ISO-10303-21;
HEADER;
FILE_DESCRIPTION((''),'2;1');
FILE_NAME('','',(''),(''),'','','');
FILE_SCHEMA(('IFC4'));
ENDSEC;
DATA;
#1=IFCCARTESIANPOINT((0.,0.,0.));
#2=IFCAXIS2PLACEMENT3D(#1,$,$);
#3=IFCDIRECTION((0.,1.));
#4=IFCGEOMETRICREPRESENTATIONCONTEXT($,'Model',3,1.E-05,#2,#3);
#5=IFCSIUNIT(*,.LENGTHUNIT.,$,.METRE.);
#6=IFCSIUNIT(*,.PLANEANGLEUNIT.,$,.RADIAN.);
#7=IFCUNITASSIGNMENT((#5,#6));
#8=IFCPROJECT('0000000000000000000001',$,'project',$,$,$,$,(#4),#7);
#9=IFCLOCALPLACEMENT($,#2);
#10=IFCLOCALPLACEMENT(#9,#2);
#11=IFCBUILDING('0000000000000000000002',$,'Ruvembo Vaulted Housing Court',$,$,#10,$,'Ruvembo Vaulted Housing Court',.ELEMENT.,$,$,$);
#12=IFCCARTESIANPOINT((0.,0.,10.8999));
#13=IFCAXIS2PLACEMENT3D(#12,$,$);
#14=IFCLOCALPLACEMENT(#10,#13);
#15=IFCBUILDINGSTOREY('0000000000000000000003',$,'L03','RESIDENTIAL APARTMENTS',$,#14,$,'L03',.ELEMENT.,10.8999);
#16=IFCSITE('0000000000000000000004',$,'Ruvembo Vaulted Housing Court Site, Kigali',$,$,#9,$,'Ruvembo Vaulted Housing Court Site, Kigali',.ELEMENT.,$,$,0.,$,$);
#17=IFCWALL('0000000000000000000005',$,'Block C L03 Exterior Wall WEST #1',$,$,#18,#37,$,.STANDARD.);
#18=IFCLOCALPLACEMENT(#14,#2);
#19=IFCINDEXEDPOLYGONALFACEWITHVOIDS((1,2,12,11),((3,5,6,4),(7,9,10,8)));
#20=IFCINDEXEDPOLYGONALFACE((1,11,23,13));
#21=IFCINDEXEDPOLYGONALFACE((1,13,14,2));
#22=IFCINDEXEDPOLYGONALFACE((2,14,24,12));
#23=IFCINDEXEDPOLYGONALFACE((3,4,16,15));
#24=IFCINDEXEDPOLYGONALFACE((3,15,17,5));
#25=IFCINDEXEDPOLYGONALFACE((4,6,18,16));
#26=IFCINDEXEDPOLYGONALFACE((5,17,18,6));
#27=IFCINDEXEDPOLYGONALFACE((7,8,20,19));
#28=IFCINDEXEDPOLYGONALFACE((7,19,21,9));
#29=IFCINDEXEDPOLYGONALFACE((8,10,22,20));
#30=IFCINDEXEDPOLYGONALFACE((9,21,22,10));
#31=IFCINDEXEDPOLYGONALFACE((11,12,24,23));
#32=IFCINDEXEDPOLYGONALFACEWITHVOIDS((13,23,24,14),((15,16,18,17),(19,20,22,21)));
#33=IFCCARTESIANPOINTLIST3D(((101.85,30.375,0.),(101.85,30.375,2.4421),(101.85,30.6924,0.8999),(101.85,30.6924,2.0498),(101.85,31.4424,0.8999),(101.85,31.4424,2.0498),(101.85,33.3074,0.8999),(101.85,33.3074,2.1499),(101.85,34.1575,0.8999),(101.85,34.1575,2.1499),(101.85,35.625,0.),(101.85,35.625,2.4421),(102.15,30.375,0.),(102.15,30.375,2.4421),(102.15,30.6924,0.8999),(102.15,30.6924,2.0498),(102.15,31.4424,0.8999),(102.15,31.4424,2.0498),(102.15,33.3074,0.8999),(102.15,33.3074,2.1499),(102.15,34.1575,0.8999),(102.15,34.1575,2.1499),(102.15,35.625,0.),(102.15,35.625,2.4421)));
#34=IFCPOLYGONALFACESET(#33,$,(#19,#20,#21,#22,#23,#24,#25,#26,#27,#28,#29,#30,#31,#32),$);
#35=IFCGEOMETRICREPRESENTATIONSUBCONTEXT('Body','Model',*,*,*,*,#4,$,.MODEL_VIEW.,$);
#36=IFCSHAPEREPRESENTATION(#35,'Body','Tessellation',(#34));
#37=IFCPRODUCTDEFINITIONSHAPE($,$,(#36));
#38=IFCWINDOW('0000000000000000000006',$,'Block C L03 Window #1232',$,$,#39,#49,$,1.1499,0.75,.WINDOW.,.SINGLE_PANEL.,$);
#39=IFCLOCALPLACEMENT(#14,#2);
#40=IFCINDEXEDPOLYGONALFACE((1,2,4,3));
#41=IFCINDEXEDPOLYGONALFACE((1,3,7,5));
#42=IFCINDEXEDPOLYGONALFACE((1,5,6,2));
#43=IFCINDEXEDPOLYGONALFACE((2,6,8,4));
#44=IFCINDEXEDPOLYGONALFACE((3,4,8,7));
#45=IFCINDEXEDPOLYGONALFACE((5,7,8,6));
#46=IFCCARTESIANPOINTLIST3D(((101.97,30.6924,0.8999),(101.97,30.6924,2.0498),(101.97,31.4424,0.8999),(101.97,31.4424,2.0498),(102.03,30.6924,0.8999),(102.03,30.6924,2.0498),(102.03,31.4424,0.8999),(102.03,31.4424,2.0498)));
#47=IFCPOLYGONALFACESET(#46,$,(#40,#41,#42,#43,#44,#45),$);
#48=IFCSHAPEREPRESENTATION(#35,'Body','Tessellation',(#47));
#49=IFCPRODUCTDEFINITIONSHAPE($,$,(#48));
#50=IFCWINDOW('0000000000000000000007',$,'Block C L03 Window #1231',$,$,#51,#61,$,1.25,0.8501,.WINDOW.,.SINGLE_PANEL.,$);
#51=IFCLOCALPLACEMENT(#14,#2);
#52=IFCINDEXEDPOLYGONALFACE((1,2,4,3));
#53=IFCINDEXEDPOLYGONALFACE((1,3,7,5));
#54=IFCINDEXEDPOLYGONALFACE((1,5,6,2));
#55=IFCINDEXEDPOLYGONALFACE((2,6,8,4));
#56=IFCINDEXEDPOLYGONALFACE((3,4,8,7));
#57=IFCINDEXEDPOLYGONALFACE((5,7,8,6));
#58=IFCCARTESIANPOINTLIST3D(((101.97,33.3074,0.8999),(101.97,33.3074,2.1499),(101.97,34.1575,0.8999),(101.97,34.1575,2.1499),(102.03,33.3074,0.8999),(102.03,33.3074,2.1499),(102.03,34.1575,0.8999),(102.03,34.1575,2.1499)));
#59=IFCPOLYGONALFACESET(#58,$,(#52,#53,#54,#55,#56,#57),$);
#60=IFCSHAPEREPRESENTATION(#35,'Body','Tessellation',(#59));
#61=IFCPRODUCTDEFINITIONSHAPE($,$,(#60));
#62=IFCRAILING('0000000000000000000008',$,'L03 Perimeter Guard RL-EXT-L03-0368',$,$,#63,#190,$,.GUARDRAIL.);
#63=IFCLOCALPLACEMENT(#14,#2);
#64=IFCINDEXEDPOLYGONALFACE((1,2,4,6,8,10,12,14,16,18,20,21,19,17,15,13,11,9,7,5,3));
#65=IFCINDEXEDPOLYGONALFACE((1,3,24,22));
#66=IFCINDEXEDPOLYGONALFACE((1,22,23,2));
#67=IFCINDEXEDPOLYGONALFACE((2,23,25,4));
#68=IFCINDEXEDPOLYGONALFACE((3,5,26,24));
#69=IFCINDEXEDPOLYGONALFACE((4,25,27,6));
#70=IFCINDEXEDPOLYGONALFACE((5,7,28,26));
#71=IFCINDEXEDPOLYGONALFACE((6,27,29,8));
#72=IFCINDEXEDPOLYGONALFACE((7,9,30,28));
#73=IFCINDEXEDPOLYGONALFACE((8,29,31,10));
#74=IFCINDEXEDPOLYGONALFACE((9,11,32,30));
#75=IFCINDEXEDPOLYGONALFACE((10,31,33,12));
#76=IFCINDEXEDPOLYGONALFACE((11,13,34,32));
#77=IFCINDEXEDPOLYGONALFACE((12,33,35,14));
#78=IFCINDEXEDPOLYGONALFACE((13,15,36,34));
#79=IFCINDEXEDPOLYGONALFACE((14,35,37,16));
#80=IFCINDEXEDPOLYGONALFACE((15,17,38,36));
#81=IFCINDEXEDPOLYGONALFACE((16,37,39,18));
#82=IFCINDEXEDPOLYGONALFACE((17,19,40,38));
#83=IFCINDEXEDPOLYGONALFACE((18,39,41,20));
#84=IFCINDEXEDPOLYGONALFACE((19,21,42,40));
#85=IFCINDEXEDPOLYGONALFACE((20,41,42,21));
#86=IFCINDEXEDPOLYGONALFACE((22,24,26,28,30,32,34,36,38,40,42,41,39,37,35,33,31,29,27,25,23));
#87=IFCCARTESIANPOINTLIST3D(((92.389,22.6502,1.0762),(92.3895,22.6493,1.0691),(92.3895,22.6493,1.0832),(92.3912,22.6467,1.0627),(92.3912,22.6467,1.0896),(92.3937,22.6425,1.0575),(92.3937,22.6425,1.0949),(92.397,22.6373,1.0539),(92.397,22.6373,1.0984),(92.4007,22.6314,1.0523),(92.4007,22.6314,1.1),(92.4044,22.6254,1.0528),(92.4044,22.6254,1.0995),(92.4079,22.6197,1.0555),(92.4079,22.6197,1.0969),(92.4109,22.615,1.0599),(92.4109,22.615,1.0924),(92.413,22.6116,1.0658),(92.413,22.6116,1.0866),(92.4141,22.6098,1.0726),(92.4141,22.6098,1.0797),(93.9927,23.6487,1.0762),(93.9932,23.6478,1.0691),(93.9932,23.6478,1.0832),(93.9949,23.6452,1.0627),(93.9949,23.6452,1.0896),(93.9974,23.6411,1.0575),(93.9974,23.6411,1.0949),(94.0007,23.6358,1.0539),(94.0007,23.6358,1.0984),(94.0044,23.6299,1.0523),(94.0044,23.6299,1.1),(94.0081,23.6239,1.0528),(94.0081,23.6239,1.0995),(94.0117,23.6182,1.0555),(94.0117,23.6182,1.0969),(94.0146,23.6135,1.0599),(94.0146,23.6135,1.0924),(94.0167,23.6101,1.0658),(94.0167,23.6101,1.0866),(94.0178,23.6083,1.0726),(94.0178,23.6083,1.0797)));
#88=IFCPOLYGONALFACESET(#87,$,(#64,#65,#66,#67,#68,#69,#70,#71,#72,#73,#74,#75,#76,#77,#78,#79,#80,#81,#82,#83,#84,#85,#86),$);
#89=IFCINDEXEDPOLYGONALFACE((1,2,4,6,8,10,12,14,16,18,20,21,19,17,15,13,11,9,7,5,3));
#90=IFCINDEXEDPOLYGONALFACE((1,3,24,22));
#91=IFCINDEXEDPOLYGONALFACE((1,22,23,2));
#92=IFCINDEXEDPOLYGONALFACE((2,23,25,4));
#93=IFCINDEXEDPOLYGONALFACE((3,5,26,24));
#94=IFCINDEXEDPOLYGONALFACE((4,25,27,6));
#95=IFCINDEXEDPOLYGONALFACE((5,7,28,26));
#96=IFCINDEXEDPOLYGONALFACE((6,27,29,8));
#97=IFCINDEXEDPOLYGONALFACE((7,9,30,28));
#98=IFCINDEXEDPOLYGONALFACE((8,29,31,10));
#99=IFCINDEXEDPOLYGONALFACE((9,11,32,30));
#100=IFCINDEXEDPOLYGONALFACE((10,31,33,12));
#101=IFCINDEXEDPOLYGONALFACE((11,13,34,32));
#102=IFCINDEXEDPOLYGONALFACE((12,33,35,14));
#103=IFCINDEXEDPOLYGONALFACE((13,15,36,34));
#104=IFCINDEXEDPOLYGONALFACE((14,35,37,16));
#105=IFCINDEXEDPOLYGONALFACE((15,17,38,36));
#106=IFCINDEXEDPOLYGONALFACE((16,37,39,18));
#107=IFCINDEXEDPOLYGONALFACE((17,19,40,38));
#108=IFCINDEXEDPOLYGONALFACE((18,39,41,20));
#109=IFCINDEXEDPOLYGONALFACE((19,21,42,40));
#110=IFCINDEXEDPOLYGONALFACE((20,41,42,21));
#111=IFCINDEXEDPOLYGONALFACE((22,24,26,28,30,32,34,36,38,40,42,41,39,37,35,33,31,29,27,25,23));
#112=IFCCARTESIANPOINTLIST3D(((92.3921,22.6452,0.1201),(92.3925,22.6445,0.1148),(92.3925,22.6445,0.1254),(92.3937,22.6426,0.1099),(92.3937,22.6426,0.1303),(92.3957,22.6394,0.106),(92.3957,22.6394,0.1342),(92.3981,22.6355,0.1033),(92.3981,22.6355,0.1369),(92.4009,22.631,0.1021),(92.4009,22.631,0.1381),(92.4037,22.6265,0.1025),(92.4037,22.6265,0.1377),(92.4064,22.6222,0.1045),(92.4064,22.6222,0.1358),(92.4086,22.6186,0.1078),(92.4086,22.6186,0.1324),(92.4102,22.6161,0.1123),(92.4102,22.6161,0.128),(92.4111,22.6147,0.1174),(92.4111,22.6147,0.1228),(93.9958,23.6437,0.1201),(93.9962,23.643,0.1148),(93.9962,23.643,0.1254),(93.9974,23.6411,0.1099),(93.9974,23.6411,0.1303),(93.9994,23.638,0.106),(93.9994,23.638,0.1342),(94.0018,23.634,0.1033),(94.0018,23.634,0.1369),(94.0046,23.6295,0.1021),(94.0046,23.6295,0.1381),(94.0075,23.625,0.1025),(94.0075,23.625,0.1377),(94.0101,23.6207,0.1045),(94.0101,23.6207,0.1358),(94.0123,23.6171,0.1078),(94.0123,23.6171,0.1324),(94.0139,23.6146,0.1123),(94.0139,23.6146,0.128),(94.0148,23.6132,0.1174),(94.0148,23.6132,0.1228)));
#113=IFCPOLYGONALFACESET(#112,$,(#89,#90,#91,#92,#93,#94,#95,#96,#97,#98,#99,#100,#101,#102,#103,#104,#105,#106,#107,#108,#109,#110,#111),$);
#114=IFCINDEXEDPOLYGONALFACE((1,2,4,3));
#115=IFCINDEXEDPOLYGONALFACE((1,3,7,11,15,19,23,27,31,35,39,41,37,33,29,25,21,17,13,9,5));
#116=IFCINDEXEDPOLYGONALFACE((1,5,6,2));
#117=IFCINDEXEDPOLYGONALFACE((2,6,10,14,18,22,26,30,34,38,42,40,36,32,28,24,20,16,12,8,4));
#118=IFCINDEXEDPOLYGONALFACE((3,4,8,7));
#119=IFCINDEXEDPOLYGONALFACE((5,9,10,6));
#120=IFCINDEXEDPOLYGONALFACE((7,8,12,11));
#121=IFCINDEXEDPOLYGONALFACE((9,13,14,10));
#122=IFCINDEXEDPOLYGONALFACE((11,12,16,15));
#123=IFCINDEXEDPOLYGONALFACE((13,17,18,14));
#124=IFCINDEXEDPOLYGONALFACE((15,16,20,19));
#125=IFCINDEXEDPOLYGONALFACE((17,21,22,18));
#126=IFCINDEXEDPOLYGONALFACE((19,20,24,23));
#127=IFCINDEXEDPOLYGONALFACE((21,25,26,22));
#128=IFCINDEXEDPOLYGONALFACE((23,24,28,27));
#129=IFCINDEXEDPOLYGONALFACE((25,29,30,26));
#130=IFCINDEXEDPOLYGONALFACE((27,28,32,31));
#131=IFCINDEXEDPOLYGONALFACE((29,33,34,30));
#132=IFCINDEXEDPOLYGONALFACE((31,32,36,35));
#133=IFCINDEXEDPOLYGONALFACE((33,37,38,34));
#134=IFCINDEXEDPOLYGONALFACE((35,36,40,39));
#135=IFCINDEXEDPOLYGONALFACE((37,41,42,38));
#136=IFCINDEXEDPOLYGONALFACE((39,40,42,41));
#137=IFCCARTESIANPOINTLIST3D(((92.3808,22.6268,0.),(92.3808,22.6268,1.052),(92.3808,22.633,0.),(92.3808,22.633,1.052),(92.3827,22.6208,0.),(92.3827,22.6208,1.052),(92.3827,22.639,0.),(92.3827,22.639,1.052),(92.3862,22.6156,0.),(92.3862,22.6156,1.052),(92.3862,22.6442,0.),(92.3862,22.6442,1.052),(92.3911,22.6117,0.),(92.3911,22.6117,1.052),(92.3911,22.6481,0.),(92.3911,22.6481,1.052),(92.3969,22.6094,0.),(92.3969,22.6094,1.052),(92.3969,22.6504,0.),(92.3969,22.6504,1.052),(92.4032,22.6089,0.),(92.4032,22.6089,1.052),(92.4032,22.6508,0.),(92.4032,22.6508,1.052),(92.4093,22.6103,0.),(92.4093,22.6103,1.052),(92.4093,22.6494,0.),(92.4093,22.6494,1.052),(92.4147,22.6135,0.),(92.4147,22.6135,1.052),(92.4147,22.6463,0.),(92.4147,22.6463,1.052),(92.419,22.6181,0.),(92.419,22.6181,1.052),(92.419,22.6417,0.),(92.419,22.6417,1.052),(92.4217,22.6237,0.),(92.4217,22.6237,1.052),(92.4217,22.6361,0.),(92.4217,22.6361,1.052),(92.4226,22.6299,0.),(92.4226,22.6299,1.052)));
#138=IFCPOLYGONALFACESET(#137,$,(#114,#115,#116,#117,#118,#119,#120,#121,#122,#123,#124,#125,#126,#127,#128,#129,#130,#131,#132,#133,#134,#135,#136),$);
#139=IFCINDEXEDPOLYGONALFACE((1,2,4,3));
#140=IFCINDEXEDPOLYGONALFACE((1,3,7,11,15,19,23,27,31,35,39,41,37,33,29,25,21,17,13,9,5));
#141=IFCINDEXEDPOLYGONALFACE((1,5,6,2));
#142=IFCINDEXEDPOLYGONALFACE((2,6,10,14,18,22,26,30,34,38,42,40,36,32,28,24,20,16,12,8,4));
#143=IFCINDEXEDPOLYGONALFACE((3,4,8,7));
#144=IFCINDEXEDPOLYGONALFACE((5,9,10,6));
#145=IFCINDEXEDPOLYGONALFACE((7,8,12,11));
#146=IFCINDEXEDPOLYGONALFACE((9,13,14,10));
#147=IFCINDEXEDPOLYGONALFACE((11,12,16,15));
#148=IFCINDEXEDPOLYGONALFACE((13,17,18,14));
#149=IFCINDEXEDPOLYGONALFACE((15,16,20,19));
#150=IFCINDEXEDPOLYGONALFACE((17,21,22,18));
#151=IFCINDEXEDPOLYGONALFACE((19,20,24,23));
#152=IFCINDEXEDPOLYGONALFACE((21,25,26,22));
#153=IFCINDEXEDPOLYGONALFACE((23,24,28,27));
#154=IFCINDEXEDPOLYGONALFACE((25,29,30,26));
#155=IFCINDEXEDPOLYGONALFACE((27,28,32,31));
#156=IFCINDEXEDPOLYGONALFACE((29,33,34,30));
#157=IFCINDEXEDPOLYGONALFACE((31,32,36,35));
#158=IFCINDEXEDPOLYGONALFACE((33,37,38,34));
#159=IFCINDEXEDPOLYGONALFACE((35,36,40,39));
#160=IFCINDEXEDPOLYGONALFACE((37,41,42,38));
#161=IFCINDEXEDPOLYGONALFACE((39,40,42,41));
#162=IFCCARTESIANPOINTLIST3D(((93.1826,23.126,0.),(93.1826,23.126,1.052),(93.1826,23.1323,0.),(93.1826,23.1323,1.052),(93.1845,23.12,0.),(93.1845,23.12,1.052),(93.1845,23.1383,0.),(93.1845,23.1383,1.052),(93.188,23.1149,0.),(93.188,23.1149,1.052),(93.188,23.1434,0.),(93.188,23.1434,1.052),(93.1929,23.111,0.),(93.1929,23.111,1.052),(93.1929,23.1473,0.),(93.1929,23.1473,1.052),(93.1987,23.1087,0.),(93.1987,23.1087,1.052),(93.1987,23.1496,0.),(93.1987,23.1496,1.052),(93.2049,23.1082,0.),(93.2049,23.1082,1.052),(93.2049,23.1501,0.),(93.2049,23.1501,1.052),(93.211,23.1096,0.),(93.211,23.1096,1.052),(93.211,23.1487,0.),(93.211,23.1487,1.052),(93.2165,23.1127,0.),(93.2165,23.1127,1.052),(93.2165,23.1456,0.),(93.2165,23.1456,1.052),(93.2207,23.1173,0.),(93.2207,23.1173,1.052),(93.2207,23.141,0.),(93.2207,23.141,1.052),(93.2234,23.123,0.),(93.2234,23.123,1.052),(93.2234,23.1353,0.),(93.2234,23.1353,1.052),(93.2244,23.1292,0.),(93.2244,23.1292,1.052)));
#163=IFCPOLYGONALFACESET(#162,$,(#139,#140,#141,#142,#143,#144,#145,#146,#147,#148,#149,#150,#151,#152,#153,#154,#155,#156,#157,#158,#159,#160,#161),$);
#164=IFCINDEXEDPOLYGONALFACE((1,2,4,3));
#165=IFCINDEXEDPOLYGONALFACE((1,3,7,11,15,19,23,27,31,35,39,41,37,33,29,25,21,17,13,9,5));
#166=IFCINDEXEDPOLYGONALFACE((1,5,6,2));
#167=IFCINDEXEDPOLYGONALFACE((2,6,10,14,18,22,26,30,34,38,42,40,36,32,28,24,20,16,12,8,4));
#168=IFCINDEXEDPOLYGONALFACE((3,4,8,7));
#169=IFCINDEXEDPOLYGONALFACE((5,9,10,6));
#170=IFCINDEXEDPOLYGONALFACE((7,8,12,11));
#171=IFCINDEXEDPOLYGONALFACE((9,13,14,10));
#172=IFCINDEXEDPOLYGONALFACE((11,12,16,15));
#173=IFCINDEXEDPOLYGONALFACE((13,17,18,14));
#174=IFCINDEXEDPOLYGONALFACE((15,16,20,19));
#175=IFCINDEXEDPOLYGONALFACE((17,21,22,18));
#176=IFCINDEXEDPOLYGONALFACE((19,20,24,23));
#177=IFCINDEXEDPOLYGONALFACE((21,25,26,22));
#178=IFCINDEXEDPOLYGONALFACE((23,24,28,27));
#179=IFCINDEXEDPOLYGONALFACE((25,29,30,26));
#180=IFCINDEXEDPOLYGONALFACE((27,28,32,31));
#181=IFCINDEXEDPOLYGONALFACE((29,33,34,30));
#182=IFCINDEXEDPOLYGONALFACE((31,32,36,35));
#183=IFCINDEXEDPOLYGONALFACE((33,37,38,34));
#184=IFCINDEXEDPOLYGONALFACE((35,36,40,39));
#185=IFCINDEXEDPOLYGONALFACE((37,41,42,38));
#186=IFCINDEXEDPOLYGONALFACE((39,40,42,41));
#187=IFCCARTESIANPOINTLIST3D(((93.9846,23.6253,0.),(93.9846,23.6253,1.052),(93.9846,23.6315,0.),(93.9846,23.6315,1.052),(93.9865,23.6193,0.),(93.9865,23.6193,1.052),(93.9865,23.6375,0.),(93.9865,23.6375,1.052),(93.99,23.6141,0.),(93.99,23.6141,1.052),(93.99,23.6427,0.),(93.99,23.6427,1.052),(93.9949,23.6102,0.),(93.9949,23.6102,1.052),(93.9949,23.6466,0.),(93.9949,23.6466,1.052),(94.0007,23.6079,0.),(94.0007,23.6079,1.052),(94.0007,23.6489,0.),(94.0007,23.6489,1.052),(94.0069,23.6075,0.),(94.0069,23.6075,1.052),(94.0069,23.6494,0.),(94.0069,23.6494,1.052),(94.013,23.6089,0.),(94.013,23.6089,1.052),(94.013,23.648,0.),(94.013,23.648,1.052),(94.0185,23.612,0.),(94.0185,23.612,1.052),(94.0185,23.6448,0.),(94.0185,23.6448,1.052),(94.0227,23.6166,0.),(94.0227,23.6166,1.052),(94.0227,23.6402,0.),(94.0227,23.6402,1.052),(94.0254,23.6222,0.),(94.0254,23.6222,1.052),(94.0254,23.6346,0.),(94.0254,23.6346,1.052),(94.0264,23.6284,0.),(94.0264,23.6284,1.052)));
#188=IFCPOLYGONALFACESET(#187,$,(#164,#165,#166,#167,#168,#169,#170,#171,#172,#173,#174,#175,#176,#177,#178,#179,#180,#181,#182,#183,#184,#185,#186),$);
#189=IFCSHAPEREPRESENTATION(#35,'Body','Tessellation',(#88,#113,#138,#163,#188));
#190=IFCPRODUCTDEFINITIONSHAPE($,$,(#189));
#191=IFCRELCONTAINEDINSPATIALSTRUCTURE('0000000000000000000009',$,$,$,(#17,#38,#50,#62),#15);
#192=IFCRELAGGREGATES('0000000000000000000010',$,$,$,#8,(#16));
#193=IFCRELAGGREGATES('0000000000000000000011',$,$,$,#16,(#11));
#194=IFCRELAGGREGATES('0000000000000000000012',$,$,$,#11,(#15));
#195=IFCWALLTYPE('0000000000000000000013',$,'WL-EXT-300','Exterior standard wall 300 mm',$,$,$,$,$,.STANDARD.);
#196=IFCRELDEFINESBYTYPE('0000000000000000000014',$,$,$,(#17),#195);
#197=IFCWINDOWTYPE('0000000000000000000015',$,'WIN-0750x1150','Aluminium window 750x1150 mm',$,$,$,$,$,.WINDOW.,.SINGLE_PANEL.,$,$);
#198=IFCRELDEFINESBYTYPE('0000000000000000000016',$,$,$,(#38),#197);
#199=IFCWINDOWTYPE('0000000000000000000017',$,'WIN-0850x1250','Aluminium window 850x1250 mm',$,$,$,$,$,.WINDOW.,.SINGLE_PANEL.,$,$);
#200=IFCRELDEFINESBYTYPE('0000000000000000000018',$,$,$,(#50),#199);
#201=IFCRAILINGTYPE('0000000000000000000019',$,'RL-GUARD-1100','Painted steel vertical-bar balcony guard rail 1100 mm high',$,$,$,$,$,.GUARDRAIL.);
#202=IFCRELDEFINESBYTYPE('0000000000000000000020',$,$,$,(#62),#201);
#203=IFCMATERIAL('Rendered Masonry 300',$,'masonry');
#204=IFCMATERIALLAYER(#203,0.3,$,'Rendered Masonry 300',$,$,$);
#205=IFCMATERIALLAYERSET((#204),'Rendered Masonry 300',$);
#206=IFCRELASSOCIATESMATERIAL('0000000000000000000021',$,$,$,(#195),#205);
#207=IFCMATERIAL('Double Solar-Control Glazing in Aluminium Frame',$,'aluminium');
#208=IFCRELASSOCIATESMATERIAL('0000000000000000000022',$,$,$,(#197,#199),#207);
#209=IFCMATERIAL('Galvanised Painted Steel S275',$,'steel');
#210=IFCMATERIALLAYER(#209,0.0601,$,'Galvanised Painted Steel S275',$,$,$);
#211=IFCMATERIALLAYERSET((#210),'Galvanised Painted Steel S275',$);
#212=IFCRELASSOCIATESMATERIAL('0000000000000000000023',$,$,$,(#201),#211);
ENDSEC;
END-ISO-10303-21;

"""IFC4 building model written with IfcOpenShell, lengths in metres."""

from ifc_helpers import new_model, si_unit, direction, frame, frame_2d, origin, origin_2d, place, context, subcontext, project, spatial, rectangle, circle, extrude, material, layer, layer_set, type_object, element, fill, save


model = new_model("IFC4")

# Units and contexts
model_context = context("Model", 3, precision=1e-05, world=origin(), true_north=direction((0.0, 1.0)))
body_context = subcontext(model_context, "Body", "Model", "MODEL_VIEW")
ifc_project = project(units=[si_unit("LENGTHUNIT", "METRE"), si_unit("PLANEANGLEUNIT", "RADIAN")], contexts=[model_context])

# Site, building, storey
site_placement = place(None, origin())
site = spatial("IfcSite", under=ifc_project, at=site_placement, Name="Ruvembo Vaulted Housing Court Site, Kigali", LongName="Ruvembo Vaulted Housing Court Site, Kigali", CompositionType="ELEMENT", RefElevation=0.0)
building_placement = place(site_placement, origin())
building = spatial("IfcBuilding", under=site, at=building_placement, Name="Ruvembo Vaulted Housing Court", LongName="Ruvembo Vaulted Housing Court", CompositionType="ELEMENT")
storey_placement = place(building_placement, frame((0.0, 0.0, 10.8999)))
storey = spatial("IfcBuildingStorey", under=building, at=storey_placement, Name="L03", Description="RESIDENTIAL APARTMENTS", LongName="L03", CompositionType="ELEMENT", Elevation=10.8999)

# Wall, openings, windows
ifc_material_1 = material(Name="Rendered Masonry 300", Category="masonry")
ifc_layer_1 = layer(ifc_material_1, 0.3, Name="Rendered Masonry 300")
ifc_layer_set_1 = layer_set([ifc_layer_1], Name="Rendered Masonry 300")
wall_type = type_object("IfcWallType", Name="WL-EXT-300", Description="Exterior standard wall 300 mm", PredefinedType="STANDARD", material=ifc_layer_set_1)
wall_1_placement = place(storey_placement, frame((102.0, 35.625, 0.0), z_axis=(0.0, 0.0, 1.0), x_axis=(0.0, -1.0, 0.0)))
wall_1 = element("IfcWall", 1, at=wall_1_placement, inside=storey, type_object=wall_type, Name="Block C L03 Exterior Wall WEST #1", PredefinedType="STANDARD", context=body_context, shape_type="SweptSolid", body=[
    extrude(rectangle(XDim=5.25, YDim=0.3, at=frame_2d((2.625, 0.0))), origin(), (0.0, 0.0, 1.0), 2.4421),
])
opening_1_placement = place(wall_1_placement, frame((1.4675, 0.0, 0.8999)))
opening_1 = element("IfcOpeningElement", 2, at=opening_1_placement, cuts=wall_1, PredefinedType="OPENING", context=body_context, shape_type="SweptSolid", body=[
    extrude(rectangle(XDim=0.8501, YDim=1.25, at=frame_2d((0.425, 0.625))), frame((0.0, 0.1599, 0.0), z_axis=(0.0, -1.0, 0.0), x_axis=(1.0, 0.0, 0.0)), (0.0, 0.0, 1.0), 0.3201),
])
opening_2_placement = place(wall_1_placement, frame((4.1826, 0.0, 0.8999)))
opening_2 = element("IfcOpeningElement", 3, at=opening_2_placement, cuts=wall_1, PredefinedType="OPENING", context=body_context, shape_type="SweptSolid", body=[
    extrude(rectangle(XDim=0.75, YDim=1.1499, at=frame_2d((0.375, 0.575))), frame((0.0, 0.1599, 0.0), z_axis=(0.0, -1.0, 0.0), x_axis=(1.0, 0.0, 0.0)), (0.0, 0.0, 1.0), 0.3201),
])
ifc_material_2 = material(Name="Double Solar-Control Glazing in Aluminium Frame", Category="aluminium")
window_type_1 = type_object("IfcWindowType", Name="WIN-0750x1150", Description="Aluminium window 750x1150 mm", PartitioningType="SINGLE_PANEL", PredefinedType="WINDOW", material=ifc_material_2)
window_1_placement = place(opening_2_placement, origin())
window_1 = element("IfcWindow", 4, at=window_1_placement, inside=storey, type_object=window_type_1, Name="Block C L03 Window #1232", OverallHeight=1.1499, OverallWidth=0.75, PartitioningType="SINGLE_PANEL", PredefinedType="WINDOW", context=body_context, shape_type="SweptSolid", body=[
    extrude(rectangle(XDim=0.75, YDim=1.1499, at=frame_2d((0.375, 0.575))), frame((0.0, 0.03, 0.0), z_axis=(0.0, -1.0, 0.0), x_axis=(1.0, 0.0, 0.0)), (0.0, 0.0, 1.0), 0.0601),
])
fill(opening_2, window_1)
window_type_2 = type_object("IfcWindowType", Name="WIN-0850x1250", Description="Aluminium window 850x1250 mm", PartitioningType="SINGLE_PANEL", PredefinedType="WINDOW", material=ifc_material_2)
window_2_placement = place(opening_1_placement, origin())
window_2 = element("IfcWindow", 5, at=window_2_placement, inside=storey, type_object=window_type_2, Name="Block C L03 Window #1231", OverallHeight=1.25, OverallWidth=0.8501, PartitioningType="SINGLE_PANEL", PredefinedType="WINDOW", context=body_context, shape_type="SweptSolid", body=[
    extrude(rectangle(XDim=0.8501, YDim=1.25, at=frame_2d((0.425, 0.625))), frame((0.0, 0.03, 0.0), z_axis=(0.0, -1.0, 0.0), x_axis=(1.0, 0.0, 0.0)), (0.0, 0.0, 1.0), 0.0601),
])
fill(opening_1, window_2)

# Railing
ifc_material_3 = material(Name="Galvanised Painted Steel S275", Category="steel")
ifc_layer_2 = layer(ifc_material_3, 0.0601, Name="Galvanised Painted Steel S275")
ifc_layer_set_2 = layer_set([ifc_layer_2], Name="Galvanised Painted Steel S275")
railing_type = type_object("IfcRailingType", Name="RL-GUARD-1100", Description="Painted steel vertical-bar balcony guard rail 1100 mm high", PredefinedType="GUARDRAIL", material=ifc_layer_set_2)
railing_1_placement = place(storey_placement, frame((92.4016, 22.6299, 0.0)))
element("IfcRailing", 6, at=railing_1_placement, inside=storey, type_object=railing_type, Name="L03 Perimeter Guard RL-EXT-L03-0368", PredefinedType="GUARDRAIL", context=body_context, shape_type="SweptSolid", body=[
    extrude(circle(Radius=0.0239, at=origin_2d()), frame((0.0, 0.0, 1.0762), z_axis=(0.848905, 0.528546, 0.0), x_axis=(-0.528546, 0.848905, 0.0)), (0.0, 0.0, 1.0), 1.8892),
    extrude(circle(Radius=0.0181, at=origin_2d()), frame((0.0, 0.0, 0.1201), z_axis=(0.848905, 0.528546, 0.0), x_axis=(-0.528546, 0.848905, 0.0)), (0.0, 0.0, 1.0), 1.8892),
    extrude(circle(Radius=0.021, at=origin_2d()), origin(), (0.0, 0.0, 1.0), 1.052),
    extrude(circle(Radius=0.021, at=origin_2d()), frame((0.8018, 0.4993, 0.0)), (0.0, 0.0, 1.0), 1.052),
    extrude(circle(Radius=0.021, at=origin_2d()), frame((1.6038, 0.9985, 0.0)), (0.0, 0.0, 1.0), 1.052),
])

save(model, "model.ifc")
